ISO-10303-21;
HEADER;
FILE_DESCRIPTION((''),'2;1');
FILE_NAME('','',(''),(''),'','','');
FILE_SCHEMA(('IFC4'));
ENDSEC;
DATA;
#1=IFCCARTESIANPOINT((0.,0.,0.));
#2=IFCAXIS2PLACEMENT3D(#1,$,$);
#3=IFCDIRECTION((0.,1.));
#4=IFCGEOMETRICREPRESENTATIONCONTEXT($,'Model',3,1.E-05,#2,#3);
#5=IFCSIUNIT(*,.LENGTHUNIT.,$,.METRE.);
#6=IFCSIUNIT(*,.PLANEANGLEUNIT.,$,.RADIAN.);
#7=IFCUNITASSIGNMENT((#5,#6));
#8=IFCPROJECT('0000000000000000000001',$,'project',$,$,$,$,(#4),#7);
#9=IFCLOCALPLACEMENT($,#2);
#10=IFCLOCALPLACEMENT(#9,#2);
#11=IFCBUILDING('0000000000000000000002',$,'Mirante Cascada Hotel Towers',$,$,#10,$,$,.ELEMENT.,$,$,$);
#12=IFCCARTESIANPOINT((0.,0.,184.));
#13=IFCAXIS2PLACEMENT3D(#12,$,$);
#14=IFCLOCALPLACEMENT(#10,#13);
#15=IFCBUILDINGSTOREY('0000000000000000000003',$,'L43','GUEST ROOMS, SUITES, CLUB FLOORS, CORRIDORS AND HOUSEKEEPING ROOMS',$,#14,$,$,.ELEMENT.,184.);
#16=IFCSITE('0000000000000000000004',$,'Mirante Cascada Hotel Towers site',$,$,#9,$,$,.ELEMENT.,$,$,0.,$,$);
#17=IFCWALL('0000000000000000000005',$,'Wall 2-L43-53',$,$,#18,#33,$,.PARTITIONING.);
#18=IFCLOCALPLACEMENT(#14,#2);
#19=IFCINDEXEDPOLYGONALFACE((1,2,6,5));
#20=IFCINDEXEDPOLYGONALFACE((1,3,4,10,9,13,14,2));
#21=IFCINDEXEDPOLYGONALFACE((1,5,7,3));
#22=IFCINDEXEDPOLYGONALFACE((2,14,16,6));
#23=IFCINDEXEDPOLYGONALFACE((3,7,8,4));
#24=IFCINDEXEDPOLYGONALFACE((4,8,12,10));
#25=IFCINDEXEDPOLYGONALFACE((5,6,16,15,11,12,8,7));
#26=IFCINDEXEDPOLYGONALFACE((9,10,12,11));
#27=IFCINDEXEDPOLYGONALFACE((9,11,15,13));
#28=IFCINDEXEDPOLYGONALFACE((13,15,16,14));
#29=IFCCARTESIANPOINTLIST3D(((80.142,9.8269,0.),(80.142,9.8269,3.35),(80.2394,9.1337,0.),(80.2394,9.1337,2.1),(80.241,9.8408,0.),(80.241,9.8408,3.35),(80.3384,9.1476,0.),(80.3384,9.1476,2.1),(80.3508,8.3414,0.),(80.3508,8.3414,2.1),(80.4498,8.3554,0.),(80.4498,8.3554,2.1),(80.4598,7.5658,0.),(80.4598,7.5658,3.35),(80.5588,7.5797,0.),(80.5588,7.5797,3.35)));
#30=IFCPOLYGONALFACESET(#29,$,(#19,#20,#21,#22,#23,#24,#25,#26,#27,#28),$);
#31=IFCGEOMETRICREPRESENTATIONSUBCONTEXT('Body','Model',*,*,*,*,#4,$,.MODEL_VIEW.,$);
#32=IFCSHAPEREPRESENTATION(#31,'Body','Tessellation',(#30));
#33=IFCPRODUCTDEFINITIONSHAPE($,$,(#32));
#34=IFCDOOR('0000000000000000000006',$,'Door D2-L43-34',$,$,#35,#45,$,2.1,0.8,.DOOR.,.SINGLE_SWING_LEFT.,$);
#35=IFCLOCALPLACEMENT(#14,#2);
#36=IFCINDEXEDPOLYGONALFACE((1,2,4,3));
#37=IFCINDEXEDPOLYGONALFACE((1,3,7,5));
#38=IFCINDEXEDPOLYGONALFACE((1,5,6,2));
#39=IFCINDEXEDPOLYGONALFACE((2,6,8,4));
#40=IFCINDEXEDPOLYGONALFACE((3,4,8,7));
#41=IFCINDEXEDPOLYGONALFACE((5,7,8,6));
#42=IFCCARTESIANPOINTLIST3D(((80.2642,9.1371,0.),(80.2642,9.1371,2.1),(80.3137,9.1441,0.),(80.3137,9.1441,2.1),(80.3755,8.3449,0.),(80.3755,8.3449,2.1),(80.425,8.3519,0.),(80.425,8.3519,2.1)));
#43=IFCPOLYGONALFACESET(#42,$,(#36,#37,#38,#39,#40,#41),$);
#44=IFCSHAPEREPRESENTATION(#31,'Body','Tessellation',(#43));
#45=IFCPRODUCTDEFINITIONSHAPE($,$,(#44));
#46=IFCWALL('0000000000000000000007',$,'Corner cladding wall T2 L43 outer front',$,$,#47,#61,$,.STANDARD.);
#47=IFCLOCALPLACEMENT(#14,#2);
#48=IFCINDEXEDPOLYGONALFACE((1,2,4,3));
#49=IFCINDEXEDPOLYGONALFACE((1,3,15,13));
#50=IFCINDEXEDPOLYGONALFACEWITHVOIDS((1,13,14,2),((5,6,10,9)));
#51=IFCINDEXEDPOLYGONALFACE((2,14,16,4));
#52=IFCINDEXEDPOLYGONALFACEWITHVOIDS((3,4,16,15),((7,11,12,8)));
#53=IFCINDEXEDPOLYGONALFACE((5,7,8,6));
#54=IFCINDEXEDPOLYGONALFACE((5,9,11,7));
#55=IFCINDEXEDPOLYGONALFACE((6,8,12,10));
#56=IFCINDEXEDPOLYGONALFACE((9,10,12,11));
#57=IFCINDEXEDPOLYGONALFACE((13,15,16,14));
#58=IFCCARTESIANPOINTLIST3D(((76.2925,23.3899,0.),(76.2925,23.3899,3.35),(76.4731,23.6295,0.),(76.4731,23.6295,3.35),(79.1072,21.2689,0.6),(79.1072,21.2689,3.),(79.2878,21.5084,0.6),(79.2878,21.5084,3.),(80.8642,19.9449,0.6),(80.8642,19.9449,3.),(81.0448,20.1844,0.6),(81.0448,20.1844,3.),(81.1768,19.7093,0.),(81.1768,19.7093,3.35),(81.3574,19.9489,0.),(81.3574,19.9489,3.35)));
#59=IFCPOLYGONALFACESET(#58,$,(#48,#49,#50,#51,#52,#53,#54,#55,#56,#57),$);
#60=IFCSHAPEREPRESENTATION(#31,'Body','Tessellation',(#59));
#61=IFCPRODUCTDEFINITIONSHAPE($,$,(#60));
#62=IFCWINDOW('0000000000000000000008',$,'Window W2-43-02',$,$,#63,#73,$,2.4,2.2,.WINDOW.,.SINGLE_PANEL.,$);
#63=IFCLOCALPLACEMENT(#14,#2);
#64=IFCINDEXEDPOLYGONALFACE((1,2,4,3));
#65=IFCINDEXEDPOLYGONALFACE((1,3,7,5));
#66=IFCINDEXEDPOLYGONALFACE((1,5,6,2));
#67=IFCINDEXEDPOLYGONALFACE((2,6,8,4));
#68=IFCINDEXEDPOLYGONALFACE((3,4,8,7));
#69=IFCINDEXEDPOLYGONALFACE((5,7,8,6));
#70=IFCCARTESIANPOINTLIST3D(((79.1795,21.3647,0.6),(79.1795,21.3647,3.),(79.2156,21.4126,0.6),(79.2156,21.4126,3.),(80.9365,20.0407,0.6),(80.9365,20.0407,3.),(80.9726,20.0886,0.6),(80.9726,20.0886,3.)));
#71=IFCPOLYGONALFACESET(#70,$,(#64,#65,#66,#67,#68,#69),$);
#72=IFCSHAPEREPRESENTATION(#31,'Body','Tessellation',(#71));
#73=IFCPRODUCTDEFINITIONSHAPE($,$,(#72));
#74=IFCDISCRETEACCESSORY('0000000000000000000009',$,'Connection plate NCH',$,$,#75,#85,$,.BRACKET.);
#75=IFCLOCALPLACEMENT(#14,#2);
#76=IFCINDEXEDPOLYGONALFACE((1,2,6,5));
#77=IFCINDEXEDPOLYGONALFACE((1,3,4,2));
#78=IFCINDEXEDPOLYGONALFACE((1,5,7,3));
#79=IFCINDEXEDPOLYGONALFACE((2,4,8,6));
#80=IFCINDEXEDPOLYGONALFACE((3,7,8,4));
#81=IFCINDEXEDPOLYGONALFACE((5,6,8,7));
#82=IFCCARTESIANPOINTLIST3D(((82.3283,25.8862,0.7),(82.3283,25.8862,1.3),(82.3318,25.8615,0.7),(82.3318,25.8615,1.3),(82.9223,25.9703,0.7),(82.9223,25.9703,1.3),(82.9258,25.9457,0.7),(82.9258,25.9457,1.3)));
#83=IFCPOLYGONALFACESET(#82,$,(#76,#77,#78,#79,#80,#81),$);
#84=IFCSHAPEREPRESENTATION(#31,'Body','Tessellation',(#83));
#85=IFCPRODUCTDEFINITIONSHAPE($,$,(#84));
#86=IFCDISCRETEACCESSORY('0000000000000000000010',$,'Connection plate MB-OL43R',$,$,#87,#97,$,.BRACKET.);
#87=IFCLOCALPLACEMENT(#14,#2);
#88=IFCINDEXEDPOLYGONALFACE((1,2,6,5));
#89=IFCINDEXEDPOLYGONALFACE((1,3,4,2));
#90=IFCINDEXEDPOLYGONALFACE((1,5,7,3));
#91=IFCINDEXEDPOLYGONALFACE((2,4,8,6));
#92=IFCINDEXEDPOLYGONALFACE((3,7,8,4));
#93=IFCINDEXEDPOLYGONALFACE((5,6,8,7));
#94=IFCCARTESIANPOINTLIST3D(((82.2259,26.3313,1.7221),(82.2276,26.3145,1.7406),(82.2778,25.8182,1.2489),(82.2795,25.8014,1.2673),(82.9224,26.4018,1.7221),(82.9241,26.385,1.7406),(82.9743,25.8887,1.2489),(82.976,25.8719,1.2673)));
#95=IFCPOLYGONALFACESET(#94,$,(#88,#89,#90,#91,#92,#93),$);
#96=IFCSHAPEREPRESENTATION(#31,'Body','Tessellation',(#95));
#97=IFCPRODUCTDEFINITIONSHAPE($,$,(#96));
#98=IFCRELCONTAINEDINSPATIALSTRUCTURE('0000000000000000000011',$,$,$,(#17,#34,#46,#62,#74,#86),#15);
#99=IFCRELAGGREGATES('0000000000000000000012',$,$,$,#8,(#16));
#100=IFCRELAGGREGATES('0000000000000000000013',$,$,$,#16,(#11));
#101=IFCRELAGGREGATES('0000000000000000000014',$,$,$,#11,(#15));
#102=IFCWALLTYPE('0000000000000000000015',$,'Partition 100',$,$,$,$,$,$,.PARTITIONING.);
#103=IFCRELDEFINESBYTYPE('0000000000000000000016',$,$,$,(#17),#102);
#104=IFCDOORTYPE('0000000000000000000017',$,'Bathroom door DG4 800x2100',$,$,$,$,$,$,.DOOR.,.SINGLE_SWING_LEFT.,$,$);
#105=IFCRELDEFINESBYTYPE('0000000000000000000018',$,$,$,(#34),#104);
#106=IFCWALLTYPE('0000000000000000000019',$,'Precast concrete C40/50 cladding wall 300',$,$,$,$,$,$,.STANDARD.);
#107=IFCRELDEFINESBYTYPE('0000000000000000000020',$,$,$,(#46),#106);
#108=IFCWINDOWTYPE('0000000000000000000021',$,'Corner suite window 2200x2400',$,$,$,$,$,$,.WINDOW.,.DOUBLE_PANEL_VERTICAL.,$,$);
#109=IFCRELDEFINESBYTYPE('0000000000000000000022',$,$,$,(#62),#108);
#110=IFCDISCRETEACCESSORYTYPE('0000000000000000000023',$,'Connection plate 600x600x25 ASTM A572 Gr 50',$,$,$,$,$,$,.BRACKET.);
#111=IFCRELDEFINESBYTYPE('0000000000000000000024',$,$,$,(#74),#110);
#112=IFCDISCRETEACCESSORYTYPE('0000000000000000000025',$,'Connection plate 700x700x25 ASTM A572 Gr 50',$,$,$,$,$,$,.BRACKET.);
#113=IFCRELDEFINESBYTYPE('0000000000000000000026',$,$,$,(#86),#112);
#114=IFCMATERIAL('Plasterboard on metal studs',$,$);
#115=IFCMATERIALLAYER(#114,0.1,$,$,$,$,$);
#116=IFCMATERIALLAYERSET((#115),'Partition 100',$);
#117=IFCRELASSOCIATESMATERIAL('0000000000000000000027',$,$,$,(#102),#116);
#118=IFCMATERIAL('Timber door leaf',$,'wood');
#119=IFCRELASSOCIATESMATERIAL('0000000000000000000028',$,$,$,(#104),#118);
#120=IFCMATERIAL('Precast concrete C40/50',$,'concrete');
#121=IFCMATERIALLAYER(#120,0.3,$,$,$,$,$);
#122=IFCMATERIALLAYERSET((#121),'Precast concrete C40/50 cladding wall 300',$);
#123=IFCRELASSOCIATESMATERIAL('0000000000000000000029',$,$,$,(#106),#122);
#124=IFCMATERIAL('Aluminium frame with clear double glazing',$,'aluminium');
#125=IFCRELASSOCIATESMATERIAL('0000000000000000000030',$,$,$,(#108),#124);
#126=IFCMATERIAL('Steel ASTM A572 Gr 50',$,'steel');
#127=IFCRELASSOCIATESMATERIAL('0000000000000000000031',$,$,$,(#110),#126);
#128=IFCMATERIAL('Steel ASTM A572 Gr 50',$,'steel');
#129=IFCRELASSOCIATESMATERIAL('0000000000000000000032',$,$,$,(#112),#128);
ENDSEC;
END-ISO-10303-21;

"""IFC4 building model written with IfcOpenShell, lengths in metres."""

from ifc_helpers import new_model, si_unit, direction, frame, frame_2d, origin, origin_2d, place, context, subcontext, project, spatial, rectangle, extrude, material, layer, layer_set, material_profile, profile_set, type_object, element, fill, save


model = new_model("IFC4")

# Units and contexts
model_context = context("Model", 3, precision=1e-05, world=origin(), true_north=direction((0.0, 1.0)))
body_context = subcontext(model_context, "Body", "Model", "MODEL_VIEW")
ifc_project = project(units=[si_unit("LENGTHUNIT", "METRE"), si_unit("PLANEANGLEUNIT", "RADIAN")], contexts=[model_context])

# Site, building, storey
site_placement = place(None, origin())
site = spatial("IfcSite", under=ifc_project, at=site_placement, Name="Mirante Cascada Hotel Towers site", CompositionType="ELEMENT", RefElevation=0.0)
building_placement = place(site_placement, origin())
building = spatial("IfcBuilding", under=site, at=building_placement, Name="Mirante Cascada Hotel Towers", CompositionType="ELEMENT")
storey_placement = place(building_placement, frame((0.0, 0.0, 184.0)))
storey = spatial("IfcBuildingStorey", under=building, at=storey_placement, Name="L43", Description="GUEST ROOMS, SUITES, CLUB FLOORS, CORRIDORS AND HOUSEKEEPING ROOMS", CompositionType="ELEMENT", Elevation=184.0)

# Shared definitions
ifc_material_1 = material(Name="Plasterboard on metal studs")
ifc_layer_1 = layer(ifc_material_1, 0.1)
ifc_layer_set_1 = layer_set([ifc_layer_1], Name="Partition 100")
wall_type_1 = type_object("IfcWallType", Name="Partition 100", PredefinedType="PARTITIONING", material=ifc_layer_set_1)

# Shared definitions
ifc_material_2 = material(Name="Timber door leaf", Category="wood")
door_type = type_object("IfcDoorType", Name="Bathroom door DG4 800x2100", OperationType="SINGLE_SWING_LEFT", PredefinedType="DOOR", material=ifc_material_2)

# Wall, opening, door
wall_1_placement = place(storey_placement, frame((80.1915, 9.8338, 0.0), z_axis=(0.0, 0.0, 1.0), x_axis=(0.139183, -0.990267, 0.0)))
wall_1 = element("IfcWall", 1, at=wall_1_placement, inside=storey, type_object=wall_type_1, Name="Wall 2-L43-53", PredefinedType="PARTITIONING", context=body_context, shape_type="SweptSolid", body=[
    extrude(rectangle(XDim=2.2833, YDim=0.1, at=frame_2d((1.1416, 0.0))), origin(), (0.0, 0.0, 1.0), 3.35),
])
opening_1_placement = place(wall_1_placement, frame((0.7, 0.0, 0.0)))
opening_1 = element("IfcOpeningElement", 2, at=opening_1_placement, cuts=wall_1, PredefinedType="OPENING", context=body_context, shape_type="SweptSolid", body=[
    extrude(rectangle(XDim=0.8, YDim=2.1, at=frame_2d((0.4, 1.05))), frame((0.0, 0.05, 0.0), z_axis=(0.0, -1.0, 0.0), x_axis=(1.0, 0.0, 0.0)), (0.0, 0.0, 1.0), 0.1),
])
door_1_placement = place(opening_1_placement, origin())
door_1 = element("IfcDoor", 3, at=door_1_placement, inside=storey, type_object=door_type, Name="Door D2-L43-34", OperationType="SINGLE_SWING_LEFT", OverallHeight=2.1, OverallWidth=0.8, PredefinedType="DOOR", context=body_context, shape_type="SweptSolid", body=[
    extrude(rectangle(XDim=0.8, YDim=2.1, at=frame_2d((0.4, 1.05))), frame((0.0, 0.025, 0.0), z_axis=(0.0, -1.0, 0.0), x_axis=(1.0, 0.0, 0.0)), (0.0, 0.0, 1.0), 0.05),
])
fill(opening_1, door_1)

# Wall, opening, window
ifc_material_3 = material(Name="Precast concrete C40/50", Category="concrete")
ifc_layer_2 = layer(ifc_material_3, 0.3)
ifc_layer_set_2 = layer_set([ifc_layer_2], Name="Precast concrete C40/50 cladding wall 300")
wall_type_2 = type_object("IfcWallType", Name="Precast concrete C40/50 cladding wall 300", PredefinedType="STANDARD", material=ifc_layer_set_2)
wall_2_placement = place(storey_placement, frame((81.2671, 19.8291, 0.0), z_axis=(0.0, 0.0, 1.0), x_axis=(-0.798634, 0.601817, 0.0)))
wall_2 = element("IfcWall", 4, at=wall_2_placement, inside=storey, type_object=wall_type_2, Name="Corner cladding wall T2 L43 outer front", PredefinedType="STANDARD", context=body_context, shape_type="SweptSolid", body=[
    extrude(rectangle(XDim=6.1158, YDim=0.3, at=frame_2d((3.0579, 0.0))), origin(), (0.0, 0.0, 1.0), 3.35),
])
opening_2_placement = place(wall_2_placement, frame((0.3914, 0.0, 0.6)))
opening_2 = element("IfcOpeningElement", 5, at=opening_2_placement, cuts=wall_2, PredefinedType="OPENING", context=body_context, shape_type="SweptSolid", body=[
    extrude(rectangle(XDim=2.2, YDim=2.4, at=frame_2d((1.1, 1.2))), frame((0.0, 0.15, 0.0), z_axis=(0.0, -1.0, 0.0), x_axis=(1.0, 0.0, 0.0)), (0.0, 0.0, 1.0), 0.3),
])
ifc_material_4 = material(Name="Aluminium frame with clear double glazing", Category="aluminium")
window_type = type_object("IfcWindowType", Name="Corner suite window 2200x2400", PartitioningType="DOUBLE_PANEL_VERTICAL", PredefinedType="WINDOW", material=ifc_material_4)
window_placement = place(opening_2_placement, origin())
window = element("IfcWindow", 6, at=window_placement, inside=storey, type_object=window_type, Name="Window W2-43-02", OverallHeight=2.4, OverallWidth=2.2, PartitioningType="SINGLE_PANEL", PredefinedType="WINDOW", context=body_context, shape_type="SweptSolid", body=[
    extrude(rectangle(XDim=2.2, YDim=2.4, at=frame_2d((1.1, 1.2))), frame((0.0, 0.03, 0.0), z_axis=(0.0, -1.0, 0.0), x_axis=(1.0, 0.0, 0.0)), (0.0, 0.0, 1.0), 0.06),
])
fill(opening_2, window)

# Discrete accessories
ifc_material_5 = material(Name="Steel ASTM A572 Gr 50", Category="steel")
ifc_material_profile_1 = material_profile(ifc_material_5, rectangle(XDim=0.6, YDim=0.6, at=origin_2d()), Name="Connection plate 600x600x25 ASTM A572 Gr 50")
ifc_profile_set_1 = profile_set([ifc_material_profile_1], Name="Steel ASTM A572 Gr 50")
discrete_accessory_type_1 = type_object("IfcDiscreteAccessoryType", Name="Connection plate 600x600x25 ASTM A572 Gr 50", PredefinedType="BRACKET", material=ifc_profile_set_1)
discrete_accessory_1_placement = place(storey_placement, frame((82.6288, 25.9036, 1.0), z_axis=(-0.140299, 0.990109, 0.0), x_axis=(-0.990109, -0.140299, 0.0)))
element("IfcDiscreteAccessory", 7, at=discrete_accessory_1_placement, inside=storey, type_object=discrete_accessory_type_1, Name="Connection plate NCH", PredefinedType="BRACKET", context=body_context, shape_type="SweptSolid", body=[
    extrude(rectangle(XDim=0.6, YDim=0.6, at=origin_2d()), origin(), (0.0, 0.0, 1.0), 0.0249),
])
ifc_material_6 = material(Name="Steel ASTM A572 Gr 50", Category="steel")
ifc_material_profile_2 = material_profile(ifc_material_6, rectangle(XDim=0.7, YDim=0.7, at=origin_2d()), Name="Connection plate 700x700x25 ASTM A572 Gr 50")
ifc_profile_set_2 = profile_set([ifc_material_profile_2], Name="Steel ASTM A572 Gr 50")
discrete_accessory_type_2 = type_object("IfcDiscreteAccessoryType", Name="Connection plate 700x700x25 ASTM A572 Gr 50", PredefinedType="BRACKET", material=ifc_profile_set_2)
discrete_accessory_2_placement = place(storey_placement, frame((82.6001, 26.11, 1.4855), z_axis=(0.068071, -0.672705, 0.736773), x_axis=(0.994919, 0.100676, 0.0)))
element("IfcDiscreteAccessory", 8, at=discrete_accessory_2_placement, inside=storey, type_object=discrete_accessory_type_2, Name="Connection plate MB-OL43R", PredefinedType="BRACKET", context=body_context, shape_type="SweptSolid", body=[
    extrude(rectangle(XDim=0.7, YDim=0.7, at=origin_2d()), origin(), (0.0, 0.0, 1.0), 0.025),
])

save(model, "model.ifc")
